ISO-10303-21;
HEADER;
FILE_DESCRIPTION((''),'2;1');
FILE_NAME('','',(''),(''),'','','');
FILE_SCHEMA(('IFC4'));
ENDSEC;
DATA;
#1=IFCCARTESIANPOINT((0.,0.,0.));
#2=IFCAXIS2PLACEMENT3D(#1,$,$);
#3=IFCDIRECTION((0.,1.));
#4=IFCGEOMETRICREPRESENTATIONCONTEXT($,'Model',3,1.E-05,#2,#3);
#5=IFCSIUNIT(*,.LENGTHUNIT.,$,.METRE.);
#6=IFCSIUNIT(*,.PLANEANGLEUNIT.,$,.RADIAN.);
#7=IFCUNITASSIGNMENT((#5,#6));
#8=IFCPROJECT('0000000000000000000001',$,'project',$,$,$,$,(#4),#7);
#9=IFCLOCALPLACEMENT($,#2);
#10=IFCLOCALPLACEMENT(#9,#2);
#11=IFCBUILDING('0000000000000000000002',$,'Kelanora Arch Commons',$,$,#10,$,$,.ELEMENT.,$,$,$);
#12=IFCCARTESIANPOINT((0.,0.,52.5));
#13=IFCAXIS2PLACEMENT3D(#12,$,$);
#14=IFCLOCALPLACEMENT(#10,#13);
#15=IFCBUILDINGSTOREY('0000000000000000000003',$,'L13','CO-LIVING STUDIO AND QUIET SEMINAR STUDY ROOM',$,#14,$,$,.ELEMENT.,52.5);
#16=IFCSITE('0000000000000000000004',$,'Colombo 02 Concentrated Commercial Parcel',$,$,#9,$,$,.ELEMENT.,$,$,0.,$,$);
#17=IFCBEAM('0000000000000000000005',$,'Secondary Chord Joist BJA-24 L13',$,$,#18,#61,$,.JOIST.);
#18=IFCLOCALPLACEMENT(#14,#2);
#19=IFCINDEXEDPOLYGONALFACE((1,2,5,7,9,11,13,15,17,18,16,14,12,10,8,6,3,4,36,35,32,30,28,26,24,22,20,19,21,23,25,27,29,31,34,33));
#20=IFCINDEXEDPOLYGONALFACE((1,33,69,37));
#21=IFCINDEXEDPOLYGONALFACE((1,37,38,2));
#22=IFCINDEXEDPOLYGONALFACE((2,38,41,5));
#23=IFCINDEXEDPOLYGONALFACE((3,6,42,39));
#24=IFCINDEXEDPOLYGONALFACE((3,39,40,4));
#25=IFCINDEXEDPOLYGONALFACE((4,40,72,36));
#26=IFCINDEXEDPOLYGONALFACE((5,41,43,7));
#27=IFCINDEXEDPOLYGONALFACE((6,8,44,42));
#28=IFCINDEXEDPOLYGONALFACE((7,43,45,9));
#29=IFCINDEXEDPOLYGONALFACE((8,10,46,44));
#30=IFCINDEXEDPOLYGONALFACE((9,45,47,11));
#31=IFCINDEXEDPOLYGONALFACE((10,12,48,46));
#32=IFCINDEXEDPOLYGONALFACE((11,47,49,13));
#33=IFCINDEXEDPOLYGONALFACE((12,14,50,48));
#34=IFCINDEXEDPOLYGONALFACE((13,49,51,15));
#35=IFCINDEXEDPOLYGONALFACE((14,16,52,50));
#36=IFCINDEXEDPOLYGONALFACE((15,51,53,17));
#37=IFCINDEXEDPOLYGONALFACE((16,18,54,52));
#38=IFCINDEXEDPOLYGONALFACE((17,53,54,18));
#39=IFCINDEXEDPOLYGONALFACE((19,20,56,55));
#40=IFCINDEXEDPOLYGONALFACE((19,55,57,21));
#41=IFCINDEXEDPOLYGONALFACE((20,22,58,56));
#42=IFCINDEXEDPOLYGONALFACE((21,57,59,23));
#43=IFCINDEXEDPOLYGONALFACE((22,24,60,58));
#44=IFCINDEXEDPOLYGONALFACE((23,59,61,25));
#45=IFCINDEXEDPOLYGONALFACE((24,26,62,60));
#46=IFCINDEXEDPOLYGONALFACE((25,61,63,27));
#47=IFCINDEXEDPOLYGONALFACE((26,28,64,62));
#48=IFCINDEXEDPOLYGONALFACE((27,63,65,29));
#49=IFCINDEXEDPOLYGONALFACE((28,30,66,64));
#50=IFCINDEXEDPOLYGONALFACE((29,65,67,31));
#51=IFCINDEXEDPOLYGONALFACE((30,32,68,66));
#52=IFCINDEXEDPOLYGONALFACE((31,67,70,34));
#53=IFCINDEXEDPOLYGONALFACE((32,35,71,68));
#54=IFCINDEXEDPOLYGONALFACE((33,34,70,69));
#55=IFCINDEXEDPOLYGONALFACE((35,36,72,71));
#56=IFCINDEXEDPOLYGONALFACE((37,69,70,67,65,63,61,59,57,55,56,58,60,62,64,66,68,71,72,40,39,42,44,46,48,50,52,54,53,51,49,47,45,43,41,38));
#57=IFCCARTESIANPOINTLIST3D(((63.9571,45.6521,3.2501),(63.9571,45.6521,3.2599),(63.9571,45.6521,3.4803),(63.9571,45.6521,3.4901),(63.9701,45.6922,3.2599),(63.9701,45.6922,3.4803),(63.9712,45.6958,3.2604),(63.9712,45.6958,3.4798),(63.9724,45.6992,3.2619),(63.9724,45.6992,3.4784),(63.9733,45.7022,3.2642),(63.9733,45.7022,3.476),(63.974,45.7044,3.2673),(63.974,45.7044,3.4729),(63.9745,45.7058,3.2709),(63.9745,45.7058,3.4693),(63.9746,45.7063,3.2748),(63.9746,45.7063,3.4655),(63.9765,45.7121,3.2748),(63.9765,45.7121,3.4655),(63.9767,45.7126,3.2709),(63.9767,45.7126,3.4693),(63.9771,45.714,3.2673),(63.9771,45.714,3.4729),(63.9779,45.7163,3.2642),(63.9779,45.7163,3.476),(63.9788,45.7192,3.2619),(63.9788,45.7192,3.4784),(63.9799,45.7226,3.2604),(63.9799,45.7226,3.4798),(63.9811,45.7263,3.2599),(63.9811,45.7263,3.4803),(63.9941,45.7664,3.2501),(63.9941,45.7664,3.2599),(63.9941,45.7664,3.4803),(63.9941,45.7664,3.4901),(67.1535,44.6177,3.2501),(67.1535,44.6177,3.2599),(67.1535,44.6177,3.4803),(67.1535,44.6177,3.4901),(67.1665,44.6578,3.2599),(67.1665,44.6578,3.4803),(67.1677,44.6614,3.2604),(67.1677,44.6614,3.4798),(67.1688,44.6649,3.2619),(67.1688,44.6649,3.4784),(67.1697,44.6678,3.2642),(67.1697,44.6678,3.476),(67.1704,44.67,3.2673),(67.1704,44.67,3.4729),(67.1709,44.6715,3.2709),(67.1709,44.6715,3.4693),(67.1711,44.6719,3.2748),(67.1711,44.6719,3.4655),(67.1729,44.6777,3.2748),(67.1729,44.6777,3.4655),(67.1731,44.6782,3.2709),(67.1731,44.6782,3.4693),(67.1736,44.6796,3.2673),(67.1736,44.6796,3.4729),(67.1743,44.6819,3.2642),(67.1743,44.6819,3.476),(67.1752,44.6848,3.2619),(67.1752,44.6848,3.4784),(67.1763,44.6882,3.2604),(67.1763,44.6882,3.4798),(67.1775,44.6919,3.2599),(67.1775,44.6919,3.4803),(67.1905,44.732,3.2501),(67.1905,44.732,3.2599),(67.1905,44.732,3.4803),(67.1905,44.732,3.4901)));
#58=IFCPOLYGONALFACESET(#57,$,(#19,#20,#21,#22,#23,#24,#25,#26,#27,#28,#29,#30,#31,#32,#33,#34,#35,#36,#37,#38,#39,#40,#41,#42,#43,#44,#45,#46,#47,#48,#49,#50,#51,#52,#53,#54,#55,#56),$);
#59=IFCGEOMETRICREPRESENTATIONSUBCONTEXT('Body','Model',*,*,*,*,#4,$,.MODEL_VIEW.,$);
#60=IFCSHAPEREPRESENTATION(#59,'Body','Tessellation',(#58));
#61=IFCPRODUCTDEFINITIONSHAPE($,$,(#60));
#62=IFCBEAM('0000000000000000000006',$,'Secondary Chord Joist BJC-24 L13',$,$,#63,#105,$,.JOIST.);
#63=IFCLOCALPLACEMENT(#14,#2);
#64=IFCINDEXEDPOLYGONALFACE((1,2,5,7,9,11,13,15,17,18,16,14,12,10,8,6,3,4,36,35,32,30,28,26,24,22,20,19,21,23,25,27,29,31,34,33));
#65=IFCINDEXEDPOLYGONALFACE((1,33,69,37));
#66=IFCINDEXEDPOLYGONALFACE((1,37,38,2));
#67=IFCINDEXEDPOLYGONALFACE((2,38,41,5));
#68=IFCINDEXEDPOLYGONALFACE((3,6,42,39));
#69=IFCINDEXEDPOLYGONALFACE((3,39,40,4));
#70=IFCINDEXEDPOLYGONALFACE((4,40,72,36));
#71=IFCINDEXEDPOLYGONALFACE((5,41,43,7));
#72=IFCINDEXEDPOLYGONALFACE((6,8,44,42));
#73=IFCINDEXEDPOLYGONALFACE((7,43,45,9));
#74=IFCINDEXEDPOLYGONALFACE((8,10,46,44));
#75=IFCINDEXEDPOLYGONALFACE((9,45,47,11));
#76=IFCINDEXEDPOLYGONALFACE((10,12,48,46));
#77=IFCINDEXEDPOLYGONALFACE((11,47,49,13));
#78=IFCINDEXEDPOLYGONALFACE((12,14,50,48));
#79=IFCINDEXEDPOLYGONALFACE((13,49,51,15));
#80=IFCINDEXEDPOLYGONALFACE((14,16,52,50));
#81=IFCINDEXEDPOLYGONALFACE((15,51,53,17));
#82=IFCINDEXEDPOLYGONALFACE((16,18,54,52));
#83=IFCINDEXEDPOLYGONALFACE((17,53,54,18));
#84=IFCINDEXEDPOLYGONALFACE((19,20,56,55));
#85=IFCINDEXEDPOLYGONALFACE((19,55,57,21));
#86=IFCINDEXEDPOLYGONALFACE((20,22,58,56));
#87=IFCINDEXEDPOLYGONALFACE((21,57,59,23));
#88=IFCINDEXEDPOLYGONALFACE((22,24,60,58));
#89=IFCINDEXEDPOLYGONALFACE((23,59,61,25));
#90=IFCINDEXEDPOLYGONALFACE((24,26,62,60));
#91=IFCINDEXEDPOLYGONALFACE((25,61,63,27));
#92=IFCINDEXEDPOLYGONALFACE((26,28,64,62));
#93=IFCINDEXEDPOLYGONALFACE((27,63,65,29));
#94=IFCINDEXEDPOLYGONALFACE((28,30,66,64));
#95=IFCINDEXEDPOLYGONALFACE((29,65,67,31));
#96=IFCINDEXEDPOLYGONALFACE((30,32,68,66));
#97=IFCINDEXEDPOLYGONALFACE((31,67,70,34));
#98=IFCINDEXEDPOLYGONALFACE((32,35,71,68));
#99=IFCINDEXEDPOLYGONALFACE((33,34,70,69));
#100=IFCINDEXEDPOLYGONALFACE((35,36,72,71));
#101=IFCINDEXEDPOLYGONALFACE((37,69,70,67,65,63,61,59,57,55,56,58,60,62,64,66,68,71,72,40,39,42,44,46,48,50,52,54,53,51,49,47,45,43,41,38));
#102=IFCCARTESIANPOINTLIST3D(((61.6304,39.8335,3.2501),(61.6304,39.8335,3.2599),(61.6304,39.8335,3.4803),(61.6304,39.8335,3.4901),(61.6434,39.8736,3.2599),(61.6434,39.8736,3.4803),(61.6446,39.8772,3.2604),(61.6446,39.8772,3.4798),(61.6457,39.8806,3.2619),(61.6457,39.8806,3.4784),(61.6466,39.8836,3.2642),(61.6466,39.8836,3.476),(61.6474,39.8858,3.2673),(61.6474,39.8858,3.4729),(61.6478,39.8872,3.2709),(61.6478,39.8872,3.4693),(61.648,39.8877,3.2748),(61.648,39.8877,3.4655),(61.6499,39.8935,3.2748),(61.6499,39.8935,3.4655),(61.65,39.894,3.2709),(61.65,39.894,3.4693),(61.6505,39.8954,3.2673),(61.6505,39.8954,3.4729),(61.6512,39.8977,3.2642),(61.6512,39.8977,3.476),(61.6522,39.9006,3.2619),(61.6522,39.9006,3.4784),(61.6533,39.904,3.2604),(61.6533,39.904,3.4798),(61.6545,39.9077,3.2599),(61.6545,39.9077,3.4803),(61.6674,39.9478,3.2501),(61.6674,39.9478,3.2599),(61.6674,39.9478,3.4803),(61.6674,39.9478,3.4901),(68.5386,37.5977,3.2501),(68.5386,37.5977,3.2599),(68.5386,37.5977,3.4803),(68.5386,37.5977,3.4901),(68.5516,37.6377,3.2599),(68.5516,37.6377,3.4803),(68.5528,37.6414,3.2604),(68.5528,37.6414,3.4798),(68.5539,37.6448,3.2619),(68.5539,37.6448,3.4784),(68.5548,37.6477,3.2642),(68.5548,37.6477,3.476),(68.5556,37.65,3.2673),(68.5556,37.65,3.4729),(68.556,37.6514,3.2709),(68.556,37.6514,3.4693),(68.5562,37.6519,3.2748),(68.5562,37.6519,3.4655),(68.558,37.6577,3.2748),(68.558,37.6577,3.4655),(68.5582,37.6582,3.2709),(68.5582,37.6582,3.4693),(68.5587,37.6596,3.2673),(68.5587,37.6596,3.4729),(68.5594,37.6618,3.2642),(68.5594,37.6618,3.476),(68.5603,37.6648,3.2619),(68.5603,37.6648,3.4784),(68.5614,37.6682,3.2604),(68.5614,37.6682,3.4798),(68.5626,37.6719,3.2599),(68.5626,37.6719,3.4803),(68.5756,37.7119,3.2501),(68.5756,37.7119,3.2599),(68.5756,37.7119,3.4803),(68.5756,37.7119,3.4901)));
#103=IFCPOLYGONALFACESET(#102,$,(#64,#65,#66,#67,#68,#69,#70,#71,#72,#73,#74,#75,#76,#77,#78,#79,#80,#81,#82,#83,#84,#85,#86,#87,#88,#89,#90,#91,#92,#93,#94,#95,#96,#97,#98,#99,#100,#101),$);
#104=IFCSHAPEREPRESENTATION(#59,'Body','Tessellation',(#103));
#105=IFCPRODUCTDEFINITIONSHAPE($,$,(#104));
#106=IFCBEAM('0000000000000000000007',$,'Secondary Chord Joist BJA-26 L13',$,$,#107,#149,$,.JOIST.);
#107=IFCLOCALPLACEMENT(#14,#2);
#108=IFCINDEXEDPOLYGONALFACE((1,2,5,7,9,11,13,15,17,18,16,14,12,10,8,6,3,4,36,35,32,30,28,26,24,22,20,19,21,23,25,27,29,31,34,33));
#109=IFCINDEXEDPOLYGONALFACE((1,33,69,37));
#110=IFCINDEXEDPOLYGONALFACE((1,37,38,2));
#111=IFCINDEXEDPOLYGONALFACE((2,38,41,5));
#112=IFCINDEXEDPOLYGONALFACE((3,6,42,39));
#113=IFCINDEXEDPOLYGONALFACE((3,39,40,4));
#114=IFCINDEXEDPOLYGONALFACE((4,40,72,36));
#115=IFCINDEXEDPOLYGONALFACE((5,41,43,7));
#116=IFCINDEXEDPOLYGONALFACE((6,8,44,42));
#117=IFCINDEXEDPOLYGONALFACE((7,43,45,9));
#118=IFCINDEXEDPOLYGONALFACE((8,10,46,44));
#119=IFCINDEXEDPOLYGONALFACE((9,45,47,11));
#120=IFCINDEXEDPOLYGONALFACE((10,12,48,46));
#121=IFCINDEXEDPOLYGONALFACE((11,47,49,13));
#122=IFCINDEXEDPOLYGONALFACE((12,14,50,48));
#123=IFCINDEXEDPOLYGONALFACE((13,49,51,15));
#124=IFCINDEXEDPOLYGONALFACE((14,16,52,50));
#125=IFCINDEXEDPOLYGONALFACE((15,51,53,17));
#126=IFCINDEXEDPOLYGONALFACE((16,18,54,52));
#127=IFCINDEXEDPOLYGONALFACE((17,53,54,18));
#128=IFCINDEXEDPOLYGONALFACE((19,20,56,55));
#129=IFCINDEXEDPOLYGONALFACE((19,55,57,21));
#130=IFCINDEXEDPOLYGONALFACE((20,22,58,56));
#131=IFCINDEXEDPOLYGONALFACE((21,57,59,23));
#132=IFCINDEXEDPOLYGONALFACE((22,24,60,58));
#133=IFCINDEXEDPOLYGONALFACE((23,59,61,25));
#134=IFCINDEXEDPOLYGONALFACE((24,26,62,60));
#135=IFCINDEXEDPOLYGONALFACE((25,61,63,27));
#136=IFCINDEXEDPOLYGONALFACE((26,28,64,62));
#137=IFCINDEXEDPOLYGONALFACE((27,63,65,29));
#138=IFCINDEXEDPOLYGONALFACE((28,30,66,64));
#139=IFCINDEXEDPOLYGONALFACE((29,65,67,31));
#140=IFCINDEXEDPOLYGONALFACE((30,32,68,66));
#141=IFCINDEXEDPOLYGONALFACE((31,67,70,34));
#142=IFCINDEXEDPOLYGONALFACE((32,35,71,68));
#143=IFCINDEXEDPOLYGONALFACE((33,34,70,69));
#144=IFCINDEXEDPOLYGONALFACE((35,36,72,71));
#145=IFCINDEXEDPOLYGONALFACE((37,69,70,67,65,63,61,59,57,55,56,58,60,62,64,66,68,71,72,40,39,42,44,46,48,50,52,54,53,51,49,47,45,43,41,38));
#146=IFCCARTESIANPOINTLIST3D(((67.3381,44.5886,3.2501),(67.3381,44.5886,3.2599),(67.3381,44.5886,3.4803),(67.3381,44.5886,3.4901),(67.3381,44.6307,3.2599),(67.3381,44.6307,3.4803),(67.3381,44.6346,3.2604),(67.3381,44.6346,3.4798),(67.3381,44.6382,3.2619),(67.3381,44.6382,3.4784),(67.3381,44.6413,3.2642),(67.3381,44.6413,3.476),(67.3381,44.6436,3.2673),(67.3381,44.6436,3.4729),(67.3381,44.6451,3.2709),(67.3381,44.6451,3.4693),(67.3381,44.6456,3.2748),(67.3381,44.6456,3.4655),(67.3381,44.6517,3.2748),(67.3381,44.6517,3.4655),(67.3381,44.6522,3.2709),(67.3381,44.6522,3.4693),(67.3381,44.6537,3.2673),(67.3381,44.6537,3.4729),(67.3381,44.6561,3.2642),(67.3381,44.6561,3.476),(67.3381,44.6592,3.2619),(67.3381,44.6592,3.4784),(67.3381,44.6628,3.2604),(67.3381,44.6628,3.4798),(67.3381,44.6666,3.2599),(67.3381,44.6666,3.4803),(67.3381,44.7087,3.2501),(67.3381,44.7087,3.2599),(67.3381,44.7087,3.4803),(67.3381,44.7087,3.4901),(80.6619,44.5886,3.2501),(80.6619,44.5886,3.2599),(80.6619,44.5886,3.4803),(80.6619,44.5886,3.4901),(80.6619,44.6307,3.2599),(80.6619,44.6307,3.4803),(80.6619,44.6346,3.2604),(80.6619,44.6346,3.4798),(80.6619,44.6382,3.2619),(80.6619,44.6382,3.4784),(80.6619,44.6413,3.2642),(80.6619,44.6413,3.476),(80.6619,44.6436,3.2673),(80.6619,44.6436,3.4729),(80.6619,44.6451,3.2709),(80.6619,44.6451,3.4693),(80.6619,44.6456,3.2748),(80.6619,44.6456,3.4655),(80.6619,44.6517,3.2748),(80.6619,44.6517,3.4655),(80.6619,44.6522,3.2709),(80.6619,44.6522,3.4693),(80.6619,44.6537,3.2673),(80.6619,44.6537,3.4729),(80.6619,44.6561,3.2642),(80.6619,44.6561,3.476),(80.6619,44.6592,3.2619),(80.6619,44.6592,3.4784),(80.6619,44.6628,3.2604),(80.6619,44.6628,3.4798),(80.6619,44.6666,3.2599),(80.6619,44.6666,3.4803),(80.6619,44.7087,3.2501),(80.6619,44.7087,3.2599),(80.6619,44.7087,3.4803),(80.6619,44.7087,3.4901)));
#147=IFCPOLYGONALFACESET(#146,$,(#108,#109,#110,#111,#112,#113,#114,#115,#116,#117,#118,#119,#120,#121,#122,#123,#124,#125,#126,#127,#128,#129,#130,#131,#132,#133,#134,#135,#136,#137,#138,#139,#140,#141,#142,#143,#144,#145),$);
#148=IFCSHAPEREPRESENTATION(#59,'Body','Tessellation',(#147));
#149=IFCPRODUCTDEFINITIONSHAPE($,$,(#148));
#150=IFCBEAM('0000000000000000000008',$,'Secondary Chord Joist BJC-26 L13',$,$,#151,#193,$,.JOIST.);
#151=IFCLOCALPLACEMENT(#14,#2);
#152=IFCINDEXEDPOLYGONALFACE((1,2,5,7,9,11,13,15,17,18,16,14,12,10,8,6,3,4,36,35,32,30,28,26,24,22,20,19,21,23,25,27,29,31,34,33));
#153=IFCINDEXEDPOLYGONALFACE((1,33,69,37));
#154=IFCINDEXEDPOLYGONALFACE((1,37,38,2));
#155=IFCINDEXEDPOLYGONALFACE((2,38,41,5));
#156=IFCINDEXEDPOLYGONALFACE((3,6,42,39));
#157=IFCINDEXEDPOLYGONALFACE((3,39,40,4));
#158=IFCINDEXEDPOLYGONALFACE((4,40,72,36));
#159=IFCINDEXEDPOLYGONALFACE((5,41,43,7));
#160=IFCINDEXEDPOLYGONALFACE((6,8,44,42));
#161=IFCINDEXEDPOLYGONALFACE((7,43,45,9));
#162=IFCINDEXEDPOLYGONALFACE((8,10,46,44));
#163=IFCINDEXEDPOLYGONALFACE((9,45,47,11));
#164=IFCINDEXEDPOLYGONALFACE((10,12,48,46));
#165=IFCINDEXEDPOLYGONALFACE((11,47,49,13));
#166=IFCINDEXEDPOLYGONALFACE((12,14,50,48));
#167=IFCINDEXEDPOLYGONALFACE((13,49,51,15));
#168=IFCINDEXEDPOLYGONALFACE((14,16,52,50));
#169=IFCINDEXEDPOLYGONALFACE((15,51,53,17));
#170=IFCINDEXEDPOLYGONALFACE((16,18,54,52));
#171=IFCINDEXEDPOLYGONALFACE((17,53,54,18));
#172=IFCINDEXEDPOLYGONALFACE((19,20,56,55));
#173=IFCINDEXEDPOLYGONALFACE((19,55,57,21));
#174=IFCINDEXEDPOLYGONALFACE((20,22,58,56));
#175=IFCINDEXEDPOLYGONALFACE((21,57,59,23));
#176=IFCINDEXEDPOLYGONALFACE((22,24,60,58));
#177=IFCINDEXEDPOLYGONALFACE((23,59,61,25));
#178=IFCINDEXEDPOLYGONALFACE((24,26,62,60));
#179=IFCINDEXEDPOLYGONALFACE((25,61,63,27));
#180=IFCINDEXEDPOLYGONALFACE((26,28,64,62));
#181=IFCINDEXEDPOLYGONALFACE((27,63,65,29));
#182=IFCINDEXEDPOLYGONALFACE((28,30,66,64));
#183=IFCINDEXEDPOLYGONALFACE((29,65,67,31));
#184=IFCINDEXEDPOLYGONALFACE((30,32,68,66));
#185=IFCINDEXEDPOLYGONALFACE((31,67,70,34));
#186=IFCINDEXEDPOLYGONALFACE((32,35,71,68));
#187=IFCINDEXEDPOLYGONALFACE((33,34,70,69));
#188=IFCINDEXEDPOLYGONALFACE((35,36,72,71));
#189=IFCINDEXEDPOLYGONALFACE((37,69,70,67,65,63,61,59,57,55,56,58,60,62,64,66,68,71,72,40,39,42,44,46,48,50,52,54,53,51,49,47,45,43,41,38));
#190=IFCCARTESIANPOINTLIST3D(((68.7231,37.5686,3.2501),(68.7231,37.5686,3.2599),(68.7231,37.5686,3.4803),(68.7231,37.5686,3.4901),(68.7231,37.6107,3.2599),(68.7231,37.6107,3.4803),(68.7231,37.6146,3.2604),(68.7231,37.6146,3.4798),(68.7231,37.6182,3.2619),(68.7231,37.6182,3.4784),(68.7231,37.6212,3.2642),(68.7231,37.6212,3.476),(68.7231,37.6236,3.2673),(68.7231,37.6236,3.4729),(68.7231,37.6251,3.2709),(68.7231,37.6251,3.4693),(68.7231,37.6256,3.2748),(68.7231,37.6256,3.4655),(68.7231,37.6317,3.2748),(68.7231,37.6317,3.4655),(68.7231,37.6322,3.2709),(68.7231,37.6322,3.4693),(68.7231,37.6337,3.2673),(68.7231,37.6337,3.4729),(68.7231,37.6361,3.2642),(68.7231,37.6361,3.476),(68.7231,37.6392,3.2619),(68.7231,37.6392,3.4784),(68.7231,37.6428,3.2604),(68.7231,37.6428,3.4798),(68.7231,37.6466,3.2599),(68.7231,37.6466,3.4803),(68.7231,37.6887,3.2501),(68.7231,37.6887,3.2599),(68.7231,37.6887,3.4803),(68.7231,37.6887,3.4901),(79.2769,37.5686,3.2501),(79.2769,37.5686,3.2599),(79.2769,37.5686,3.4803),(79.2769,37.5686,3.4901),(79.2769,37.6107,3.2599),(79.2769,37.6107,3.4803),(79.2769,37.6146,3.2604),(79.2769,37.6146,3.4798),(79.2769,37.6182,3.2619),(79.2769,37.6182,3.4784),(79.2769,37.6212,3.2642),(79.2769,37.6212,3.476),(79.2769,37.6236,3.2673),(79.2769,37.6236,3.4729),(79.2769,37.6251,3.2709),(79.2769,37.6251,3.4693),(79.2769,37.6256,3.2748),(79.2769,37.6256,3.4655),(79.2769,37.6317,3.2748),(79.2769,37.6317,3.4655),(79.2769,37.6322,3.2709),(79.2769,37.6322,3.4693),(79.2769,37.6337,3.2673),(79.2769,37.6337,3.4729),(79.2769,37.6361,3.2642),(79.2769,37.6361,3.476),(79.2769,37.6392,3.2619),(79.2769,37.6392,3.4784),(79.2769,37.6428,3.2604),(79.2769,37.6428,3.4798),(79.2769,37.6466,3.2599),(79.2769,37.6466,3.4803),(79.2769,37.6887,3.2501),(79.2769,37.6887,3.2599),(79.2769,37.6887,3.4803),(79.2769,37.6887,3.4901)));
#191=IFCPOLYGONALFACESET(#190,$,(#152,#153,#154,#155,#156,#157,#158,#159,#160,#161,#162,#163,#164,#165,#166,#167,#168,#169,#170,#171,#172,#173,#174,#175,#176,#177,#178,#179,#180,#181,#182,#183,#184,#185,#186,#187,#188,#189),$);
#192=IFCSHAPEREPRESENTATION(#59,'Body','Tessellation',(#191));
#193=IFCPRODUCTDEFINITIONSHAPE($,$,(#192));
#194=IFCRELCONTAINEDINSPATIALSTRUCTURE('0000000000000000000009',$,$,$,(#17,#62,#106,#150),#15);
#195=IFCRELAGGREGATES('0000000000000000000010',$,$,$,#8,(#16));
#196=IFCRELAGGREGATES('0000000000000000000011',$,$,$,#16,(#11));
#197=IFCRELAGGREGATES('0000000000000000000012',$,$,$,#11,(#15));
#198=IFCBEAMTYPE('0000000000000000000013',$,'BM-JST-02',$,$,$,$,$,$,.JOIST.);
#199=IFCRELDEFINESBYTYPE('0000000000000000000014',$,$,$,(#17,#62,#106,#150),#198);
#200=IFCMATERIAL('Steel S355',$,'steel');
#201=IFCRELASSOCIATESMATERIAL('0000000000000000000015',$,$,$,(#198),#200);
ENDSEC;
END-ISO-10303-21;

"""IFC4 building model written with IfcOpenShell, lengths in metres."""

from ifc_helpers import new_model, si_unit, direction, frame, origin, origin_2d, place, context, subcontext, project, spatial, i_section, extrude, material, material_profile, profile_set, type_object, element, save


model = new_model("IFC4")

# Units and contexts
model_context = context("Model", 3, precision=1e-05, world=origin(), true_north=direction((0.0, 1.0)))
body_context = subcontext(model_context, "Body", "Model", "MODEL_VIEW")
ifc_project = project(units=[si_unit("LENGTHUNIT", "METRE"), si_unit("PLANEANGLEUNIT", "RADIAN")], contexts=[model_context])

# Site, building, storey
site_placement = place(None, origin())
site = spatial("IfcSite", under=ifc_project, at=site_placement, Name="Colombo 02 Concentrated Commercial Parcel", CompositionType="ELEMENT", RefElevation=0.0)
building_placement = place(site_placement, origin())
building = spatial("IfcBuilding", under=site, at=building_placement, Name="Kelanora Arch Commons", CompositionType="ELEMENT")
storey_placement = place(building_placement, frame((0.0, 0.0, 52.5)))
storey = spatial("IfcBuildingStorey", under=building, at=storey_placement, Name="L13", Description="CO-LIVING STUDIO AND QUIET SEMINAR STUDY ROOM", CompositionType="ELEMENT", Elevation=52.5)

# Beams
ifc_material_1 = material(Name="Steel S355", Category="steel")
ifc_material_profile_1 = material_profile(ifc_material_1, i_section(OverallWidth=0.1201, OverallDepth=0.24, WebThickness=0.0061, FlangeThickness=0.0098, FilletRadius=0.0149, at=origin_2d()), Name="IPE240")
ifc_profile_set_1 = profile_set([ifc_material_profile_1], Name="Steel S355")
beam_type_1 = type_object("IfcBeamType", Name="BM-JST-02", PredefinedType="JOIST", material=ifc_profile_set_1)
beam_1_placement = place(storey_placement, frame((63.9756, 45.7092, 3.3701), z_axis=(0.951423, -0.307888, 0.0), x_axis=(0.307888, 0.951423, 0.0)))
element("IfcBeam", 1, at=beam_1_placement, inside=storey, type_object=beam_type_1, Name="Secondary Chord Joist BJA-24 L13", PredefinedType="JOIST", context=body_context, shape_type="SweptSolid", body=[
    extrude(i_section(OverallWidth=0.1201, OverallDepth=0.24, WebThickness=0.0061, FlangeThickness=0.0098, FilletRadius=0.0149, at=origin_2d()), origin(), (0.0, 0.0, 1.0), 3.3596),
])
beam_2_placement = place(storey_placement, frame((61.6489, 39.8906, 3.3701), z_axis=(0.951411, -0.307924, 0.0), x_axis=(0.307924, 0.951411, 0.0)))
element("IfcBeam", 2, at=beam_2_placement, inside=storey, type_object=beam_type_1, Name="Secondary Chord Joist BJC-24 L13", PredefinedType="JOIST", context=body_context, shape_type="SweptSolid", body=[
    extrude(i_section(OverallWidth=0.1201, OverallDepth=0.24, WebThickness=0.0061, FlangeThickness=0.0098, FilletRadius=0.0149, at=origin_2d()), origin(), (0.0, 0.0, 1.0), 7.261),
])
beam_3_placement = place(storey_placement, frame((67.3381, 44.6487, 3.3701), z_axis=(1.0, 0.0, 0.0), x_axis=(0.0, 1.0, 0.0)))
element("IfcBeam", 3, at=beam_3_placement, inside=storey, type_object=beam_type_1, Name="Secondary Chord Joist BJA-26 L13", PredefinedType="JOIST", context=body_context, shape_type="SweptSolid", body=[
    extrude(i_section(OverallWidth=0.1201, OverallDepth=0.24, WebThickness=0.0061, FlangeThickness=0.0098, FilletRadius=0.0149, at=origin_2d()), origin(), (0.0, 0.0, 1.0), 13.3237),
])
beam_4_placement = place(storey_placement, frame((68.7231, 37.6287, 3.3701), z_axis=(1.0, 0.0, 0.0), x_axis=(0.0, 1.0, 0.0)))
element("IfcBeam", 4, at=beam_4_placement, inside=storey, type_object=beam_type_1, Name="Secondary Chord Joist BJC-26 L13", PredefinedType="JOIST", context=body_context, shape_type="SweptSolid", body=[
    extrude(i_section(OverallWidth=0.1201, OverallDepth=0.24, WebThickness=0.0061, FlangeThickness=0.0098, FilletRadius=0.0149, at=origin_2d()), origin(), (0.0, 0.0, 1.0), 10.5537),
])

save(model, "model.ifc")
